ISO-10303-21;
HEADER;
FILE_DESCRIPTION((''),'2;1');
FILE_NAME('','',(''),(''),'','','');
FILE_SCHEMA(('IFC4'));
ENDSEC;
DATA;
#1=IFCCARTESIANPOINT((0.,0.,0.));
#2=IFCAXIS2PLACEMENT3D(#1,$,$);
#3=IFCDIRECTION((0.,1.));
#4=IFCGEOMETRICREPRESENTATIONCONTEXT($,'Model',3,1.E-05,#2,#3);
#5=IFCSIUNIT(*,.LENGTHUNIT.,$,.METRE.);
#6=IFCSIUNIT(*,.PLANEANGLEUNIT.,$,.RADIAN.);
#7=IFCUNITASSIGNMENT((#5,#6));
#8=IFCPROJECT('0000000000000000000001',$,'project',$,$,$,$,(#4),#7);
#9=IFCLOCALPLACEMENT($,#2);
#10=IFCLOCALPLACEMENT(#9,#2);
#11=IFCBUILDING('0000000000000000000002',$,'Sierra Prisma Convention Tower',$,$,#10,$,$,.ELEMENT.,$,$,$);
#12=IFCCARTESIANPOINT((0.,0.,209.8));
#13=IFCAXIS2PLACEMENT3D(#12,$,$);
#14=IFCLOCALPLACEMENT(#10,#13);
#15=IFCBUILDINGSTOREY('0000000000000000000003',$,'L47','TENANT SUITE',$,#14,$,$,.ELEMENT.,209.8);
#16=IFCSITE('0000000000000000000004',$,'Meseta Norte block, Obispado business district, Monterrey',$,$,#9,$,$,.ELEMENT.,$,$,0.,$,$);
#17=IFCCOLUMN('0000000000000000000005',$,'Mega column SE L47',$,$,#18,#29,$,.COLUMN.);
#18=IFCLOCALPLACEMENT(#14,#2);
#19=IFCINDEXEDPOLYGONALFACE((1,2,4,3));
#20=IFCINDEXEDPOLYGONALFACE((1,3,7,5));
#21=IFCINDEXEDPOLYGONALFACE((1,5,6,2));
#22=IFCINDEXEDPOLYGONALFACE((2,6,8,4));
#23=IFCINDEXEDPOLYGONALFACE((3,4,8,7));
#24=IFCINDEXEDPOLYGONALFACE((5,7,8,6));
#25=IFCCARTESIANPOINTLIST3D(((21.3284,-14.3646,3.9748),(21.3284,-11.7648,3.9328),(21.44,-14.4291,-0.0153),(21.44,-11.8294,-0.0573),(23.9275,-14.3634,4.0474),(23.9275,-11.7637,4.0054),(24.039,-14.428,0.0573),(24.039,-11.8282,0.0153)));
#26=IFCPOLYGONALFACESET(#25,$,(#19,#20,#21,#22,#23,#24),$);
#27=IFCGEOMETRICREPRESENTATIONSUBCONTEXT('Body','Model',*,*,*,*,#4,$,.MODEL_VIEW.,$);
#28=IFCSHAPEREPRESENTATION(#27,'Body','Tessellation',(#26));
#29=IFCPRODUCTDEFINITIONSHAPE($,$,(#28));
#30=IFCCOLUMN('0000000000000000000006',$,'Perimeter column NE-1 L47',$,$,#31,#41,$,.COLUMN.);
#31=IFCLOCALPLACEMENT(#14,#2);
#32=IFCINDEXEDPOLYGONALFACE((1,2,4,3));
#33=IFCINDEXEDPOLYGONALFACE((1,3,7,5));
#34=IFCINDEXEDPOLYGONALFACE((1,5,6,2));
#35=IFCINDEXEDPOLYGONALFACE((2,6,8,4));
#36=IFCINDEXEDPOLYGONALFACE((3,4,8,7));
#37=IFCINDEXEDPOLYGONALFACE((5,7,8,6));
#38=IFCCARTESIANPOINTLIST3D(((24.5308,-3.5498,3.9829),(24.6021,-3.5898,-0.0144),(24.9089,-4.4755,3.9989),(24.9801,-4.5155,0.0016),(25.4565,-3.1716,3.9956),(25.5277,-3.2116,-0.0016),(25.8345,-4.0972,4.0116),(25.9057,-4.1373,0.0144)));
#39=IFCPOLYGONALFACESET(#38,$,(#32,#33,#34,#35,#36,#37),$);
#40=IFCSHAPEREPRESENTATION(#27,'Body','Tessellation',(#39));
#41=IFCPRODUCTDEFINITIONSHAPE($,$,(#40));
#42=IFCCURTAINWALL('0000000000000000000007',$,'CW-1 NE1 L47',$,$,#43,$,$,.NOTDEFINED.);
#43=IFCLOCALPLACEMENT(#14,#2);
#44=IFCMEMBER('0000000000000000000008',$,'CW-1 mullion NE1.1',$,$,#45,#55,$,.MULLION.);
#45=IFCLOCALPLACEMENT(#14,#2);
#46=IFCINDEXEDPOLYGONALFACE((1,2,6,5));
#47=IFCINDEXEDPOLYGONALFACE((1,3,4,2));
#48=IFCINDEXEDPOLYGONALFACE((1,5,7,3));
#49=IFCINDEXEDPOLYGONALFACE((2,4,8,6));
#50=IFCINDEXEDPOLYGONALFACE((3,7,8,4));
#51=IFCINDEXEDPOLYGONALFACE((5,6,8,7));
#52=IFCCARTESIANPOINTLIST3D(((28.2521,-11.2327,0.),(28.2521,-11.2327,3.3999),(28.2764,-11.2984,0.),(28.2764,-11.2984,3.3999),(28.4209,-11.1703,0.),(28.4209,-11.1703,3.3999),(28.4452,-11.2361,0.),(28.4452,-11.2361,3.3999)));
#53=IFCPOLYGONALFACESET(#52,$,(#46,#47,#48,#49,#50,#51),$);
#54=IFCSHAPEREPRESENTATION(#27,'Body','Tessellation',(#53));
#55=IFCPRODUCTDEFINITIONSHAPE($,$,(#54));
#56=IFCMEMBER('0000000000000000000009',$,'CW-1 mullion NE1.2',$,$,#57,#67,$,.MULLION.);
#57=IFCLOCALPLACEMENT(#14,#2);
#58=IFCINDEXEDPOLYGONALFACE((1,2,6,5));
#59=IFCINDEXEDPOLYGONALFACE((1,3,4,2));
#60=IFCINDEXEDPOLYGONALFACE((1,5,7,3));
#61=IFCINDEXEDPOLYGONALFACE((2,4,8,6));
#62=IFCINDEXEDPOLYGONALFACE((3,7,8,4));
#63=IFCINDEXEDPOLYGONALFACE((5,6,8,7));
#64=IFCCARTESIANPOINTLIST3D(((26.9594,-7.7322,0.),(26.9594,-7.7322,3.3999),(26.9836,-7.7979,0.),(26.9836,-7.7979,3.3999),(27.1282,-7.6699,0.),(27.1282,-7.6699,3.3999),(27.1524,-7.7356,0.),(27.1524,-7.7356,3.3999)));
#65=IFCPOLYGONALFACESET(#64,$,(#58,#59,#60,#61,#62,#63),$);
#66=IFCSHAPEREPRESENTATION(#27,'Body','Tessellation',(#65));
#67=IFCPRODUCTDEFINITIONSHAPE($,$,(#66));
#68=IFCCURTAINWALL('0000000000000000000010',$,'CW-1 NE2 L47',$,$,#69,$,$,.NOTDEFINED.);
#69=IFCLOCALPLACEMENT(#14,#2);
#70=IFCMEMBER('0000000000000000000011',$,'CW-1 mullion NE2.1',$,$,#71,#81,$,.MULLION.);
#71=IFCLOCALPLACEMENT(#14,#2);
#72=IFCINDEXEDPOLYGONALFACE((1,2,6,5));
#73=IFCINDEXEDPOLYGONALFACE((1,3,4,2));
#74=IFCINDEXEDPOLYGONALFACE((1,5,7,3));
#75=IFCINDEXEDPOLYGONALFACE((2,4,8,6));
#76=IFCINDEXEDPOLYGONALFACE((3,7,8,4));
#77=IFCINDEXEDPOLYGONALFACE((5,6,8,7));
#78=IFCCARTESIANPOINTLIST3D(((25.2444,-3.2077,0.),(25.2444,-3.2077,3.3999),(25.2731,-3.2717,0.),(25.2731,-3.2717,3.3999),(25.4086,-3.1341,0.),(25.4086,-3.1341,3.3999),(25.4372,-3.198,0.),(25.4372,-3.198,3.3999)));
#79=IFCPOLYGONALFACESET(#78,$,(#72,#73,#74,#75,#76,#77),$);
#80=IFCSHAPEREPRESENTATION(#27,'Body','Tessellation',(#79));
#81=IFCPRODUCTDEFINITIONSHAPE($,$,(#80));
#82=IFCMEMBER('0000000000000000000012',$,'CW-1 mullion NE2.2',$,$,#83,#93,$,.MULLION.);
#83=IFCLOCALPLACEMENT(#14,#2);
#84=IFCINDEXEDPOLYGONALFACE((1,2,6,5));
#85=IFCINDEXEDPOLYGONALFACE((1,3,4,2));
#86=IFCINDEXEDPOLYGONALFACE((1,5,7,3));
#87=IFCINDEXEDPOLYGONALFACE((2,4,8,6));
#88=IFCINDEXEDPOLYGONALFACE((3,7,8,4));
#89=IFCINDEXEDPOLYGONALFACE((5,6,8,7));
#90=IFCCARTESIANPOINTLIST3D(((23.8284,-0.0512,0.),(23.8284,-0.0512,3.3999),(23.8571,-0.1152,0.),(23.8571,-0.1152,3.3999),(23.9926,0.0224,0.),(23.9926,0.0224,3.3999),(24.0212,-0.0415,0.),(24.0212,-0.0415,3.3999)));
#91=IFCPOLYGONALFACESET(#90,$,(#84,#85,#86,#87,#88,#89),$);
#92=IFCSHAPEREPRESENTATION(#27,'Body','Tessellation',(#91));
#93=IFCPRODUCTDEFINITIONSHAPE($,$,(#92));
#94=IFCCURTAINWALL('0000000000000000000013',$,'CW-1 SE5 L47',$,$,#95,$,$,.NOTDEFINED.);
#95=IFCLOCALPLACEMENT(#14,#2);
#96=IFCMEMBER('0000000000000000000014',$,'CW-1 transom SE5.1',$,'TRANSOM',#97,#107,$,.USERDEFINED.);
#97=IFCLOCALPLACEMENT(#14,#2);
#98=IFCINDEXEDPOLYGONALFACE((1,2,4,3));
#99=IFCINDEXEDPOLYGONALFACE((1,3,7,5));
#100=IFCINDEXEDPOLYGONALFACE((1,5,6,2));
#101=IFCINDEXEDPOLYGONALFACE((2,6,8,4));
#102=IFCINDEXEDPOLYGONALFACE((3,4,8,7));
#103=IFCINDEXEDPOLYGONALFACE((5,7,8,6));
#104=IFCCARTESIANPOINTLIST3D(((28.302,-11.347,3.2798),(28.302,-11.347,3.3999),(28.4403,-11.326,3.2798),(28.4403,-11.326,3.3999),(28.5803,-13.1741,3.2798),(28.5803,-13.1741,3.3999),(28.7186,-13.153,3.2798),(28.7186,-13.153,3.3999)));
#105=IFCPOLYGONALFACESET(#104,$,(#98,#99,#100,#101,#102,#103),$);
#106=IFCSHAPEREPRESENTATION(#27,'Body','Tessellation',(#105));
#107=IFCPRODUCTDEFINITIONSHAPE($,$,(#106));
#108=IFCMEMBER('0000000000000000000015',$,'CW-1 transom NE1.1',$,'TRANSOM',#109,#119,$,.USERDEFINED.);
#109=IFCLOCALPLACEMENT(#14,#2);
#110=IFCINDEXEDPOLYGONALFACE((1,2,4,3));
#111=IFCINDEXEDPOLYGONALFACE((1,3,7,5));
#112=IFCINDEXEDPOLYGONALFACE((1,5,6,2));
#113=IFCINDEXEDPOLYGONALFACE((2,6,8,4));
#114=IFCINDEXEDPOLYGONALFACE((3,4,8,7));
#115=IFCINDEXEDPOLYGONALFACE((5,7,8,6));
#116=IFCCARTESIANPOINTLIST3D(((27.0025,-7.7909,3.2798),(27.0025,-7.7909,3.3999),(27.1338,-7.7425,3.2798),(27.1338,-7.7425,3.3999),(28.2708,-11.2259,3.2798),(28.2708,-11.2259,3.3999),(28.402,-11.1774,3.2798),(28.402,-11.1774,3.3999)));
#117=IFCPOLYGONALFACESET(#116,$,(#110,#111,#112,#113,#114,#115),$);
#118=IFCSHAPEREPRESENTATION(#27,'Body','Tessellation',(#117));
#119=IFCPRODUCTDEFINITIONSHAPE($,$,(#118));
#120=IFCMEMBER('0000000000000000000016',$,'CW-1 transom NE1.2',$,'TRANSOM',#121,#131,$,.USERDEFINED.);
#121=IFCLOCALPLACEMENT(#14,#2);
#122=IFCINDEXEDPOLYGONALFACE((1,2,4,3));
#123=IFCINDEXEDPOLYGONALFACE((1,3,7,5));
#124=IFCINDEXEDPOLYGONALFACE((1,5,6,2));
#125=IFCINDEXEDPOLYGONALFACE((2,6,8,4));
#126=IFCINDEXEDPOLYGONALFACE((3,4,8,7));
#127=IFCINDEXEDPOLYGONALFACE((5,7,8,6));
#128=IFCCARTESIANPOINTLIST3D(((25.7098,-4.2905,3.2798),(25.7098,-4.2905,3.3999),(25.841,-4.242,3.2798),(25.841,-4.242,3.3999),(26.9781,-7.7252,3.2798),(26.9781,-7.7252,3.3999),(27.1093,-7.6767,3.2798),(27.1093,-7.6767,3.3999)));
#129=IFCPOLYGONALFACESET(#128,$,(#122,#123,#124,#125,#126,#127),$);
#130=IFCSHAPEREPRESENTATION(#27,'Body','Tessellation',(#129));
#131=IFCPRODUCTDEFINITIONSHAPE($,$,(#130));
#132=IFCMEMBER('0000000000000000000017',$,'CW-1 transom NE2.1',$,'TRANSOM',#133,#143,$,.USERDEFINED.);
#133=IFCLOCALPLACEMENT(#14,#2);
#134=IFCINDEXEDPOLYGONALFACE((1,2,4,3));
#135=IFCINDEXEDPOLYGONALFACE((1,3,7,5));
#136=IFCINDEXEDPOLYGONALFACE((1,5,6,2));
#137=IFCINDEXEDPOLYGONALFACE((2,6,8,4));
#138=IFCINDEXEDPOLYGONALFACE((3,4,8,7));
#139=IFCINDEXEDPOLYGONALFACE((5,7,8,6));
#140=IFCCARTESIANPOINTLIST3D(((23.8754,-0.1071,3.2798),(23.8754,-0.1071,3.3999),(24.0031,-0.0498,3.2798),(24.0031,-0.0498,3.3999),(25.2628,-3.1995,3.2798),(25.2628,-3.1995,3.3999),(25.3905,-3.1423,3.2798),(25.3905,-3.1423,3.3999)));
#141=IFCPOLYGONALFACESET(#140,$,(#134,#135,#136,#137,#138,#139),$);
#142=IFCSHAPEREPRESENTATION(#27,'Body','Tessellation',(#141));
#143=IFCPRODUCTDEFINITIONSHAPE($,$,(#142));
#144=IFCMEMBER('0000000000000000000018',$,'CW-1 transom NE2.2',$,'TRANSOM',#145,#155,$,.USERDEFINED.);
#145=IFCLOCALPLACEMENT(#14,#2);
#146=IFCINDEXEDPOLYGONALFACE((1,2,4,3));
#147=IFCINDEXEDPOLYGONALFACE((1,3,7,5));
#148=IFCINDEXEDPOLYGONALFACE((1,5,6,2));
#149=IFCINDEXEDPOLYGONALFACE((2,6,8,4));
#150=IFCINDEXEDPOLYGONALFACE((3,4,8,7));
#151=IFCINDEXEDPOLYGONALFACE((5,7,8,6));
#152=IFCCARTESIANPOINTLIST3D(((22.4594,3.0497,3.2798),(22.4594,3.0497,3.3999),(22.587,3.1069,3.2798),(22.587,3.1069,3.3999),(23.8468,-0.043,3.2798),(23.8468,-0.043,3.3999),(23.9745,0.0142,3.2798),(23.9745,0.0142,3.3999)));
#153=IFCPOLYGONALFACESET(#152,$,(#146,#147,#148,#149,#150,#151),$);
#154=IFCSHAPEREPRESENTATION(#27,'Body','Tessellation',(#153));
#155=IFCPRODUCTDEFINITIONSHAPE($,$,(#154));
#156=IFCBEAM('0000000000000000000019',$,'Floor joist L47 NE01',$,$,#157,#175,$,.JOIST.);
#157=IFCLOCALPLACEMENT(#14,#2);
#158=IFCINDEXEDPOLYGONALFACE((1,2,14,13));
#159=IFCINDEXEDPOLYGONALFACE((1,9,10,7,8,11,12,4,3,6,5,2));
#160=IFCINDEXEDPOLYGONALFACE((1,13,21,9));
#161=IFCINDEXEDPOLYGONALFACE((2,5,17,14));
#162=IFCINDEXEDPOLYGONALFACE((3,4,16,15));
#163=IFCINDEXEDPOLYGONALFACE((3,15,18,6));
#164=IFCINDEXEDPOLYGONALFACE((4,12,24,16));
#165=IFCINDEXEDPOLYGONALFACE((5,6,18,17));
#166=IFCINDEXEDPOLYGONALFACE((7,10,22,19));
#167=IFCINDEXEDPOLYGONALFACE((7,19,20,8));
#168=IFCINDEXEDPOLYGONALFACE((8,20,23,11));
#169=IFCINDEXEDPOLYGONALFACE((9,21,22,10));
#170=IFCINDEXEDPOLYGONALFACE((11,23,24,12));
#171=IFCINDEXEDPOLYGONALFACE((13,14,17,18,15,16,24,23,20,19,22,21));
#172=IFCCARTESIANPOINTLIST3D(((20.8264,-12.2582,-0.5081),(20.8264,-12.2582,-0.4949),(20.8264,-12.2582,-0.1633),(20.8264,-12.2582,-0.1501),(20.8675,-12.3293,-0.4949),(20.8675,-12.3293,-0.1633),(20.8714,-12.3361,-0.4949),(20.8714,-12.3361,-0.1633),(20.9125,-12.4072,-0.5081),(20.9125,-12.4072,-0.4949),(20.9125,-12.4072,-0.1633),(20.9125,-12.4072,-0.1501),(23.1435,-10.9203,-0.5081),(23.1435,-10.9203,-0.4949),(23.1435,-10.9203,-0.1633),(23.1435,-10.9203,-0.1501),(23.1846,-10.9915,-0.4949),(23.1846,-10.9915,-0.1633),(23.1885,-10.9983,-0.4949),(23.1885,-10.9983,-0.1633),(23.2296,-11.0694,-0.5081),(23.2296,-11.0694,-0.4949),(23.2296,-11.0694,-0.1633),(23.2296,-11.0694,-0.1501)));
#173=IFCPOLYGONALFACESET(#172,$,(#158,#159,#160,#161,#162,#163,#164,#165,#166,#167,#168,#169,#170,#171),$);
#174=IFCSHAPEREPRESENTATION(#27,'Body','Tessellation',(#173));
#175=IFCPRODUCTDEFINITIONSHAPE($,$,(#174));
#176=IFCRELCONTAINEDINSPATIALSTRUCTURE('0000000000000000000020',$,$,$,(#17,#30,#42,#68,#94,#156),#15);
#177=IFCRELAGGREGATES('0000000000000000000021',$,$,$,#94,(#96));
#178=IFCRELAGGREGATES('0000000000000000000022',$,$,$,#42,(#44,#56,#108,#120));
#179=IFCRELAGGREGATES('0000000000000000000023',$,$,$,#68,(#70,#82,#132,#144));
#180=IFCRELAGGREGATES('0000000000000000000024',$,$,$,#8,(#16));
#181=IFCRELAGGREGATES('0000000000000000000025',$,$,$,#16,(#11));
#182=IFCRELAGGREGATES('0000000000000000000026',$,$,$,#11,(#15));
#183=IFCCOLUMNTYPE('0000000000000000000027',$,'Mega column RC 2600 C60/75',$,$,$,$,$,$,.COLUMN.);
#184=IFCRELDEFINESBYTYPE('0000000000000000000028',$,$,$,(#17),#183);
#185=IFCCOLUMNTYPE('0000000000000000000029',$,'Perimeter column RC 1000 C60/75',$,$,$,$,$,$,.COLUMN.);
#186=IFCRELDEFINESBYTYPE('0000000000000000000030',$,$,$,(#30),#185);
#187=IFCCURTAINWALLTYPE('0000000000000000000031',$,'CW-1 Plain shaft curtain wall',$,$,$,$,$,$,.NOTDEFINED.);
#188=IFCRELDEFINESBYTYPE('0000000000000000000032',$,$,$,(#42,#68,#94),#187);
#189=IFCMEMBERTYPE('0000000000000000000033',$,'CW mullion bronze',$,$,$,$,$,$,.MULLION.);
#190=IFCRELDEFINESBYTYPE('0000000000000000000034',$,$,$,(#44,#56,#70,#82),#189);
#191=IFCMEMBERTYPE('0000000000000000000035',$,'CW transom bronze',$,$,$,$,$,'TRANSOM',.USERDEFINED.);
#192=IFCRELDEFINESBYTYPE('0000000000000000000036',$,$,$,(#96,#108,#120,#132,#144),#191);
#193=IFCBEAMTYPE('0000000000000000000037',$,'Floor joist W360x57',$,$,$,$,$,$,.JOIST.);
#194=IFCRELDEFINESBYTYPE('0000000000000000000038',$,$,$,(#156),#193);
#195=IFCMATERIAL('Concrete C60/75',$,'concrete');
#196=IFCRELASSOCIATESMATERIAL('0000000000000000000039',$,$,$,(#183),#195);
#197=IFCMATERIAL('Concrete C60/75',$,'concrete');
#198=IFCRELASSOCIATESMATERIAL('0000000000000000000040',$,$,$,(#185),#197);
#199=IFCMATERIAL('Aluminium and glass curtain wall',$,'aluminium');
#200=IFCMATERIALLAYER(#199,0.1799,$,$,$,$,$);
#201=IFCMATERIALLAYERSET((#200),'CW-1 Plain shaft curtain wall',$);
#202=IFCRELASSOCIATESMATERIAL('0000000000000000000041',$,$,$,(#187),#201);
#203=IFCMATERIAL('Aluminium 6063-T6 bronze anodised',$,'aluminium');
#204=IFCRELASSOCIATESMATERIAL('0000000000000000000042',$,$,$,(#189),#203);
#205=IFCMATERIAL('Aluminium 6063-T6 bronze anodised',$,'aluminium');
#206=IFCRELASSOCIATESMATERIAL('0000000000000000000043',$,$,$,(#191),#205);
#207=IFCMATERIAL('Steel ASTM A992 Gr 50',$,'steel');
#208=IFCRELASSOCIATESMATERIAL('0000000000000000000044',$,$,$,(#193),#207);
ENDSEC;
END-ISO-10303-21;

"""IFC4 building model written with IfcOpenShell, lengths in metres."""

from ifc_helpers import new_model, si_unit, direction, frame, origin, origin_2d, place, context, subcontext, project, spatial, rectangle, i_section, extrude, clip, halfspace, material, layer, layer_set, material_profile, profile_set, type_object, element, aggregate, save


model = new_model("IFC4")

# Units and contexts
model_context = context("Model", 3, precision=1e-05, world=origin(), true_north=direction((0.0, 1.0)))
body_context = subcontext(model_context, "Body", "Model", "MODEL_VIEW")
ifc_project = project(units=[si_unit("LENGTHUNIT", "METRE"), si_unit("PLANEANGLEUNIT", "RADIAN")], contexts=[model_context])

# Site, building, storey
site_placement = place(None, origin())
site = spatial("IfcSite", under=ifc_project, at=site_placement, Name="Meseta Norte block, Obispado business district, Monterrey", CompositionType="ELEMENT", RefElevation=0.0)
building_placement = place(site_placement, origin())
building = spatial("IfcBuilding", under=site, at=building_placement, Name="Sierra Prisma Convention Tower", CompositionType="ELEMENT")
storey_placement = place(building_placement, frame((0.0, 0.0, 209.8)))
storey = spatial("IfcBuildingStorey", under=building, at=storey_placement, Name="L47", Description="TENANT SUITE", CompositionType="ELEMENT", Elevation=209.8)

# Columns
ifc_material_1 = material(Name="Concrete C60/75", Category="concrete")
ifc_material_profile_1 = material_profile(ifc_material_1, rectangle(XDim=2.6001, YDim=2.6001, at=origin_2d()), Name="Mega column RC 2600 C60/75")
ifc_profile_set_1 = profile_set([ifc_material_profile_1], Name="Concrete C60/75")
column_type_1 = type_object("IfcColumnType", Name="Mega column RC 2600 C60/75", PredefinedType="COLUMN", material=ifc_profile_set_1)
column_1_placement = place(storey_placement, frame((22.7395, -13.1287, 0.0), z_axis=(-0.02794, 0.016166, 0.999479), x_axis=(0.99961, 0.000452, 0.027936)))
element("IfcColumn", 1, at=column_1_placement, inside=storey, type_object=column_type_1, Name="Mega column SE L47", PredefinedType="COLUMN", context=body_context, shape_type="SweptSolid", body=[
    clip(extrude(rectangle(XDim=2.6001, YDim=2.6001, at=origin_2d()), origin(), (0.0, 0.0, 1.0), 4.0022), halfspace(frame((0.0, 0.0, 3.9922)), False)),
])
ifc_material_2 = material(Name="Concrete C60/75", Category="concrete")
ifc_material_profile_2 = material_profile(ifc_material_2, rectangle(XDim=1.0, YDim=1.0, at=origin_2d()), Name="Perimeter column RC 1000 C60/75")
ifc_profile_set_2 = profile_set([ifc_material_profile_2], Name="Concrete C60/75")
column_type_2 = type_object("IfcColumnType", Name="Perimeter column RC 1000 C60/75", PredefinedType="COLUMN", material=ifc_profile_set_2)
column_2_placement = place(storey_placement, frame((25.2539, -3.8635, 0.0), z_axis=(-0.017819, 0.010008, 0.999791), x_axis=(-0.378002, 0.925666, -0.016003)))
element("IfcColumn", 2, at=column_2_placement, inside=storey, type_object=column_type_2, Name="Perimeter column NE-1 L47", PredefinedType="COLUMN", context=body_context, shape_type="SweptSolid", body=[
    clip(extrude(rectangle(XDim=1.0, YDim=1.0, at=origin_2d()), origin(), (0.0, 0.0, 1.0), 4.0007), halfspace(frame((0.0, 0.0, 3.998)), False)),
])

# Curtain walls, members
ifc_material_3 = material(Name="Aluminium and glass curtain wall", Category="aluminium")
ifc_layer_1 = layer(ifc_material_3, 0.1799)
ifc_layer_set_1 = layer_set([ifc_layer_1], Name="CW-1 Plain shaft curtain wall")
curtain_wall_type = type_object("IfcCurtainWallType", Name="CW-1 Plain shaft curtain wall", PredefinedType="NOTDEFINED", material=ifc_layer_set_1)
curtain_wall_1_placement = place(storey_placement, origin())
curtain_wall_1 = element("IfcCurtainWall", 3, at=curtain_wall_1_placement, inside=storey, type_object=curtain_wall_type, Name="CW-1 NE1 L47", PredefinedType="NOTDEFINED")
ifc_material_4 = material(Name="Aluminium 6063-T6 bronze anodised", Category="aluminium")
ifc_material_profile_3 = material_profile(ifc_material_4, rectangle(XDim=0.1799, YDim=0.0701, at=origin_2d()), Name="ALU MULLION 70x180")
ifc_profile_set_3 = profile_set([ifc_material_profile_3], Name="Aluminium 6063-T6 bronze anodised")
member_type_1 = type_object("IfcMemberType", Name="CW mullion bronze", PredefinedType="MULLION", material=ifc_profile_set_3)
member_1_placement = place(storey_placement, frame((28.3486, -11.2344, 0.0), z_axis=(0.0, 0.0, 1.0), x_axis=(-0.938088, -0.346397, 0.0)))
member_1 = element("IfcMember", 4, at=member_1_placement, type_object=member_type_1, Name="CW-1 mullion NE1.1", PredefinedType="MULLION", context=body_context, shape_type="SweptSolid", body=[
    extrude(rectangle(XDim=0.1799, YDim=0.0701, at=origin_2d()), origin(), (0.0, 0.0, 1.0), 3.3999),
])
member_2_placement = place(storey_placement, frame((27.0559, -7.7339, 0.0), z_axis=(0.0, 0.0, 1.0), x_axis=(-0.938088, -0.346397, 0.0)))
member_2 = element("IfcMember", 5, at=member_2_placement, type_object=member_type_1, Name="CW-1 mullion NE1.2", PredefinedType="MULLION", context=body_context, shape_type="SweptSolid", body=[
    extrude(rectangle(XDim=0.1799, YDim=0.0701, at=origin_2d()), origin(), (0.0, 0.0, 1.0), 3.3999),
])
curtain_wall_2_placement = place(storey_placement, origin())
curtain_wall_2 = element("IfcCurtainWall", 6, at=curtain_wall_2_placement, inside=storey, type_object=curtain_wall_type, Name="CW-1 NE2 L47", PredefinedType="NOTDEFINED")
member_3_placement = place(storey_placement, frame((25.3408, -3.2029, 0.0), z_axis=(0.0, 0.0, 1.0), x_axis=(-0.912404, -0.40929, 0.0)))
member_3 = element("IfcMember", 7, at=member_3_placement, type_object=member_type_1, Name="CW-1 mullion NE2.1", PredefinedType="MULLION", context=body_context, shape_type="SweptSolid", body=[
    extrude(rectangle(XDim=0.1799, YDim=0.0701, at=origin_2d()), origin(), (0.0, 0.0, 1.0), 3.3999),
])
member_4_placement = place(storey_placement, frame((23.9248, -0.0464, 0.0), z_axis=(0.0, 0.0, 1.0), x_axis=(-0.912404, -0.40929, 0.0)))
member_4 = element("IfcMember", 8, at=member_4_placement, type_object=member_type_1, Name="CW-1 mullion NE2.2", PredefinedType="MULLION", context=body_context, shape_type="SweptSolid", body=[
    extrude(rectangle(XDim=0.1799, YDim=0.0701, at=origin_2d()), origin(), (0.0, 0.0, 1.0), 3.3999),
])

# Curtain wall, member
curtain_wall_3_placement = place(storey_placement, origin())
curtain_wall_3 = element("IfcCurtainWall", 9, at=curtain_wall_3_placement, inside=storey, type_object=curtain_wall_type, Name="CW-1 SE5 L47", PredefinedType="NOTDEFINED")
ifc_material_5 = material(Name="Aluminium 6063-T6 bronze anodised", Category="aluminium")
ifc_material_profile_4 = material_profile(ifc_material_5, rectangle(XDim=0.1399, YDim=0.1201, at=origin_2d()), Name="ALU TRANSOM 120x140")
ifc_profile_set_4 = profile_set([ifc_material_profile_4], Name="Aluminium 6063-T6 bronze anodised")
member_type_2 = type_object("IfcMemberType", Name="CW transom bronze", ElementType="TRANSOM", PredefinedType="USERDEFINED", material=ifc_profile_set_4)
member_5_placement = place(storey_placement, frame((28.6494, -13.1636, 3.3398), z_axis=(-0.150588, 0.988597, 0.0), x_axis=(-0.988597, -0.150588, 0.0)))
member_5 = element("IfcMember", 10, at=member_5_placement, type_object=member_type_2, Name="CW-1 transom SE5.1", ObjectType="TRANSOM", PredefinedType="USERDEFINED", context=body_context, shape_type="SweptSolid", body=[
    extrude(rectangle(XDim=0.1399, YDim=0.1201, at=origin_2d()), origin(), (0.0, 0.0, 1.0), 1.8481),
])

# Members
member_6_placement = place(storey_placement, frame((28.3364, -11.2017, 3.3398), z_axis=(-0.34637, 0.938098, 0.0), x_axis=(-0.938098, -0.34637, 0.0)))
member_6 = element("IfcMember", 11, at=member_6_placement, type_object=member_type_2, Name="CW-1 transom NE1.1", ObjectType="TRANSOM", PredefinedType="USERDEFINED", context=body_context, shape_type="SweptSolid", body=[
    extrude(rectangle(XDim=0.1399, YDim=0.1201, at=origin_2d()), origin(), (0.0, 0.0, 1.0), 3.6616),
])
member_7_placement = place(storey_placement, frame((27.0437, -7.7009, 3.3398), z_axis=(-0.346391, 0.93809, 0.0), x_axis=(-0.93809, -0.346391, 0.0)))
member_7 = element("IfcMember", 12, at=member_7_placement, type_object=member_type_2, Name="CW-1 transom NE1.2", ObjectType="TRANSOM", PredefinedType="USERDEFINED", context=body_context, shape_type="SweptSolid", body=[
    extrude(rectangle(XDim=0.1399, YDim=0.1201, at=origin_2d()), origin(), (0.0, 0.0, 1.0), 3.6614),
])
member_8_placement = place(storey_placement, frame((25.3267, -3.1709, 3.3398), z_axis=(-0.409337, 0.912383, 0.0), x_axis=(-0.912383, -0.409337, 0.0)))
member_8 = element("IfcMember", 13, at=member_8_placement, type_object=member_type_2, Name="CW-1 transom NE2.1", ObjectType="TRANSOM", PredefinedType="USERDEFINED", context=body_context, shape_type="SweptSolid", body=[
    extrude(rectangle(XDim=0.1399, YDim=0.1201, at=origin_2d()), origin(), (0.0, 0.0, 1.0), 3.3894),
])
member_9_placement = place(storey_placement, frame((23.9106, -0.0144, 3.3398), z_axis=(-0.40931, 0.912395, 0.0), x_axis=(-0.912395, -0.40931, 0.0)))
member_9 = element("IfcMember", 14, at=member_9_placement, type_object=member_type_2, Name="CW-1 transom NE2.2", ObjectType="TRANSOM", PredefinedType="USERDEFINED", context=body_context, shape_type="SweptSolid", body=[
    extrude(rectangle(XDim=0.1399, YDim=0.1201, at=origin_2d()), origin(), (0.0, 0.0, 1.0), 3.3896),
])

# Beam
ifc_material_6 = material(Name="Steel ASTM A992 Gr 50", Category="steel")
ifc_material_profile_5 = material_profile(ifc_material_6, i_section(OverallWidth=0.1721, OverallDepth=0.3579, WebThickness=0.0078, FlangeThickness=0.0132, at=origin_2d()), Name="W360x57")
ifc_profile_set_5 = profile_set([ifc_material_profile_5], Name="Steel ASTM A992 Gr 50")
beam_type_1 = type_object("IfcBeamType", Name="Floor joist W360x57", PredefinedType="JOIST", material=ifc_profile_set_5)
beam_1_placement = place(storey_placement, frame((23.1865, -10.9949, -0.3291), z_axis=(-0.866011, -0.500025, 0.0), x_axis=(0.500025, -0.866011, 0.0)))
element("IfcBeam", 15, at=beam_1_placement, inside=storey, type_object=beam_type_1, Name="Floor joist L47 NE01", PredefinedType="JOIST", context=body_context, shape_type="SweptSolid", body=[
    extrude(i_section(OverallWidth=0.1721, OverallDepth=0.3579, WebThickness=0.0078, FlangeThickness=0.0132, at=origin_2d()), origin(), (0.0, 0.0, 1.0), 2.6755),
])

aggregate(curtain_wall_3, [member_5])
aggregate(curtain_wall_1, [member_1, member_2, member_6, member_7])
aggregate(curtain_wall_2, [member_3, member_4, member_8, member_9])

save(model, "model.ifc")
